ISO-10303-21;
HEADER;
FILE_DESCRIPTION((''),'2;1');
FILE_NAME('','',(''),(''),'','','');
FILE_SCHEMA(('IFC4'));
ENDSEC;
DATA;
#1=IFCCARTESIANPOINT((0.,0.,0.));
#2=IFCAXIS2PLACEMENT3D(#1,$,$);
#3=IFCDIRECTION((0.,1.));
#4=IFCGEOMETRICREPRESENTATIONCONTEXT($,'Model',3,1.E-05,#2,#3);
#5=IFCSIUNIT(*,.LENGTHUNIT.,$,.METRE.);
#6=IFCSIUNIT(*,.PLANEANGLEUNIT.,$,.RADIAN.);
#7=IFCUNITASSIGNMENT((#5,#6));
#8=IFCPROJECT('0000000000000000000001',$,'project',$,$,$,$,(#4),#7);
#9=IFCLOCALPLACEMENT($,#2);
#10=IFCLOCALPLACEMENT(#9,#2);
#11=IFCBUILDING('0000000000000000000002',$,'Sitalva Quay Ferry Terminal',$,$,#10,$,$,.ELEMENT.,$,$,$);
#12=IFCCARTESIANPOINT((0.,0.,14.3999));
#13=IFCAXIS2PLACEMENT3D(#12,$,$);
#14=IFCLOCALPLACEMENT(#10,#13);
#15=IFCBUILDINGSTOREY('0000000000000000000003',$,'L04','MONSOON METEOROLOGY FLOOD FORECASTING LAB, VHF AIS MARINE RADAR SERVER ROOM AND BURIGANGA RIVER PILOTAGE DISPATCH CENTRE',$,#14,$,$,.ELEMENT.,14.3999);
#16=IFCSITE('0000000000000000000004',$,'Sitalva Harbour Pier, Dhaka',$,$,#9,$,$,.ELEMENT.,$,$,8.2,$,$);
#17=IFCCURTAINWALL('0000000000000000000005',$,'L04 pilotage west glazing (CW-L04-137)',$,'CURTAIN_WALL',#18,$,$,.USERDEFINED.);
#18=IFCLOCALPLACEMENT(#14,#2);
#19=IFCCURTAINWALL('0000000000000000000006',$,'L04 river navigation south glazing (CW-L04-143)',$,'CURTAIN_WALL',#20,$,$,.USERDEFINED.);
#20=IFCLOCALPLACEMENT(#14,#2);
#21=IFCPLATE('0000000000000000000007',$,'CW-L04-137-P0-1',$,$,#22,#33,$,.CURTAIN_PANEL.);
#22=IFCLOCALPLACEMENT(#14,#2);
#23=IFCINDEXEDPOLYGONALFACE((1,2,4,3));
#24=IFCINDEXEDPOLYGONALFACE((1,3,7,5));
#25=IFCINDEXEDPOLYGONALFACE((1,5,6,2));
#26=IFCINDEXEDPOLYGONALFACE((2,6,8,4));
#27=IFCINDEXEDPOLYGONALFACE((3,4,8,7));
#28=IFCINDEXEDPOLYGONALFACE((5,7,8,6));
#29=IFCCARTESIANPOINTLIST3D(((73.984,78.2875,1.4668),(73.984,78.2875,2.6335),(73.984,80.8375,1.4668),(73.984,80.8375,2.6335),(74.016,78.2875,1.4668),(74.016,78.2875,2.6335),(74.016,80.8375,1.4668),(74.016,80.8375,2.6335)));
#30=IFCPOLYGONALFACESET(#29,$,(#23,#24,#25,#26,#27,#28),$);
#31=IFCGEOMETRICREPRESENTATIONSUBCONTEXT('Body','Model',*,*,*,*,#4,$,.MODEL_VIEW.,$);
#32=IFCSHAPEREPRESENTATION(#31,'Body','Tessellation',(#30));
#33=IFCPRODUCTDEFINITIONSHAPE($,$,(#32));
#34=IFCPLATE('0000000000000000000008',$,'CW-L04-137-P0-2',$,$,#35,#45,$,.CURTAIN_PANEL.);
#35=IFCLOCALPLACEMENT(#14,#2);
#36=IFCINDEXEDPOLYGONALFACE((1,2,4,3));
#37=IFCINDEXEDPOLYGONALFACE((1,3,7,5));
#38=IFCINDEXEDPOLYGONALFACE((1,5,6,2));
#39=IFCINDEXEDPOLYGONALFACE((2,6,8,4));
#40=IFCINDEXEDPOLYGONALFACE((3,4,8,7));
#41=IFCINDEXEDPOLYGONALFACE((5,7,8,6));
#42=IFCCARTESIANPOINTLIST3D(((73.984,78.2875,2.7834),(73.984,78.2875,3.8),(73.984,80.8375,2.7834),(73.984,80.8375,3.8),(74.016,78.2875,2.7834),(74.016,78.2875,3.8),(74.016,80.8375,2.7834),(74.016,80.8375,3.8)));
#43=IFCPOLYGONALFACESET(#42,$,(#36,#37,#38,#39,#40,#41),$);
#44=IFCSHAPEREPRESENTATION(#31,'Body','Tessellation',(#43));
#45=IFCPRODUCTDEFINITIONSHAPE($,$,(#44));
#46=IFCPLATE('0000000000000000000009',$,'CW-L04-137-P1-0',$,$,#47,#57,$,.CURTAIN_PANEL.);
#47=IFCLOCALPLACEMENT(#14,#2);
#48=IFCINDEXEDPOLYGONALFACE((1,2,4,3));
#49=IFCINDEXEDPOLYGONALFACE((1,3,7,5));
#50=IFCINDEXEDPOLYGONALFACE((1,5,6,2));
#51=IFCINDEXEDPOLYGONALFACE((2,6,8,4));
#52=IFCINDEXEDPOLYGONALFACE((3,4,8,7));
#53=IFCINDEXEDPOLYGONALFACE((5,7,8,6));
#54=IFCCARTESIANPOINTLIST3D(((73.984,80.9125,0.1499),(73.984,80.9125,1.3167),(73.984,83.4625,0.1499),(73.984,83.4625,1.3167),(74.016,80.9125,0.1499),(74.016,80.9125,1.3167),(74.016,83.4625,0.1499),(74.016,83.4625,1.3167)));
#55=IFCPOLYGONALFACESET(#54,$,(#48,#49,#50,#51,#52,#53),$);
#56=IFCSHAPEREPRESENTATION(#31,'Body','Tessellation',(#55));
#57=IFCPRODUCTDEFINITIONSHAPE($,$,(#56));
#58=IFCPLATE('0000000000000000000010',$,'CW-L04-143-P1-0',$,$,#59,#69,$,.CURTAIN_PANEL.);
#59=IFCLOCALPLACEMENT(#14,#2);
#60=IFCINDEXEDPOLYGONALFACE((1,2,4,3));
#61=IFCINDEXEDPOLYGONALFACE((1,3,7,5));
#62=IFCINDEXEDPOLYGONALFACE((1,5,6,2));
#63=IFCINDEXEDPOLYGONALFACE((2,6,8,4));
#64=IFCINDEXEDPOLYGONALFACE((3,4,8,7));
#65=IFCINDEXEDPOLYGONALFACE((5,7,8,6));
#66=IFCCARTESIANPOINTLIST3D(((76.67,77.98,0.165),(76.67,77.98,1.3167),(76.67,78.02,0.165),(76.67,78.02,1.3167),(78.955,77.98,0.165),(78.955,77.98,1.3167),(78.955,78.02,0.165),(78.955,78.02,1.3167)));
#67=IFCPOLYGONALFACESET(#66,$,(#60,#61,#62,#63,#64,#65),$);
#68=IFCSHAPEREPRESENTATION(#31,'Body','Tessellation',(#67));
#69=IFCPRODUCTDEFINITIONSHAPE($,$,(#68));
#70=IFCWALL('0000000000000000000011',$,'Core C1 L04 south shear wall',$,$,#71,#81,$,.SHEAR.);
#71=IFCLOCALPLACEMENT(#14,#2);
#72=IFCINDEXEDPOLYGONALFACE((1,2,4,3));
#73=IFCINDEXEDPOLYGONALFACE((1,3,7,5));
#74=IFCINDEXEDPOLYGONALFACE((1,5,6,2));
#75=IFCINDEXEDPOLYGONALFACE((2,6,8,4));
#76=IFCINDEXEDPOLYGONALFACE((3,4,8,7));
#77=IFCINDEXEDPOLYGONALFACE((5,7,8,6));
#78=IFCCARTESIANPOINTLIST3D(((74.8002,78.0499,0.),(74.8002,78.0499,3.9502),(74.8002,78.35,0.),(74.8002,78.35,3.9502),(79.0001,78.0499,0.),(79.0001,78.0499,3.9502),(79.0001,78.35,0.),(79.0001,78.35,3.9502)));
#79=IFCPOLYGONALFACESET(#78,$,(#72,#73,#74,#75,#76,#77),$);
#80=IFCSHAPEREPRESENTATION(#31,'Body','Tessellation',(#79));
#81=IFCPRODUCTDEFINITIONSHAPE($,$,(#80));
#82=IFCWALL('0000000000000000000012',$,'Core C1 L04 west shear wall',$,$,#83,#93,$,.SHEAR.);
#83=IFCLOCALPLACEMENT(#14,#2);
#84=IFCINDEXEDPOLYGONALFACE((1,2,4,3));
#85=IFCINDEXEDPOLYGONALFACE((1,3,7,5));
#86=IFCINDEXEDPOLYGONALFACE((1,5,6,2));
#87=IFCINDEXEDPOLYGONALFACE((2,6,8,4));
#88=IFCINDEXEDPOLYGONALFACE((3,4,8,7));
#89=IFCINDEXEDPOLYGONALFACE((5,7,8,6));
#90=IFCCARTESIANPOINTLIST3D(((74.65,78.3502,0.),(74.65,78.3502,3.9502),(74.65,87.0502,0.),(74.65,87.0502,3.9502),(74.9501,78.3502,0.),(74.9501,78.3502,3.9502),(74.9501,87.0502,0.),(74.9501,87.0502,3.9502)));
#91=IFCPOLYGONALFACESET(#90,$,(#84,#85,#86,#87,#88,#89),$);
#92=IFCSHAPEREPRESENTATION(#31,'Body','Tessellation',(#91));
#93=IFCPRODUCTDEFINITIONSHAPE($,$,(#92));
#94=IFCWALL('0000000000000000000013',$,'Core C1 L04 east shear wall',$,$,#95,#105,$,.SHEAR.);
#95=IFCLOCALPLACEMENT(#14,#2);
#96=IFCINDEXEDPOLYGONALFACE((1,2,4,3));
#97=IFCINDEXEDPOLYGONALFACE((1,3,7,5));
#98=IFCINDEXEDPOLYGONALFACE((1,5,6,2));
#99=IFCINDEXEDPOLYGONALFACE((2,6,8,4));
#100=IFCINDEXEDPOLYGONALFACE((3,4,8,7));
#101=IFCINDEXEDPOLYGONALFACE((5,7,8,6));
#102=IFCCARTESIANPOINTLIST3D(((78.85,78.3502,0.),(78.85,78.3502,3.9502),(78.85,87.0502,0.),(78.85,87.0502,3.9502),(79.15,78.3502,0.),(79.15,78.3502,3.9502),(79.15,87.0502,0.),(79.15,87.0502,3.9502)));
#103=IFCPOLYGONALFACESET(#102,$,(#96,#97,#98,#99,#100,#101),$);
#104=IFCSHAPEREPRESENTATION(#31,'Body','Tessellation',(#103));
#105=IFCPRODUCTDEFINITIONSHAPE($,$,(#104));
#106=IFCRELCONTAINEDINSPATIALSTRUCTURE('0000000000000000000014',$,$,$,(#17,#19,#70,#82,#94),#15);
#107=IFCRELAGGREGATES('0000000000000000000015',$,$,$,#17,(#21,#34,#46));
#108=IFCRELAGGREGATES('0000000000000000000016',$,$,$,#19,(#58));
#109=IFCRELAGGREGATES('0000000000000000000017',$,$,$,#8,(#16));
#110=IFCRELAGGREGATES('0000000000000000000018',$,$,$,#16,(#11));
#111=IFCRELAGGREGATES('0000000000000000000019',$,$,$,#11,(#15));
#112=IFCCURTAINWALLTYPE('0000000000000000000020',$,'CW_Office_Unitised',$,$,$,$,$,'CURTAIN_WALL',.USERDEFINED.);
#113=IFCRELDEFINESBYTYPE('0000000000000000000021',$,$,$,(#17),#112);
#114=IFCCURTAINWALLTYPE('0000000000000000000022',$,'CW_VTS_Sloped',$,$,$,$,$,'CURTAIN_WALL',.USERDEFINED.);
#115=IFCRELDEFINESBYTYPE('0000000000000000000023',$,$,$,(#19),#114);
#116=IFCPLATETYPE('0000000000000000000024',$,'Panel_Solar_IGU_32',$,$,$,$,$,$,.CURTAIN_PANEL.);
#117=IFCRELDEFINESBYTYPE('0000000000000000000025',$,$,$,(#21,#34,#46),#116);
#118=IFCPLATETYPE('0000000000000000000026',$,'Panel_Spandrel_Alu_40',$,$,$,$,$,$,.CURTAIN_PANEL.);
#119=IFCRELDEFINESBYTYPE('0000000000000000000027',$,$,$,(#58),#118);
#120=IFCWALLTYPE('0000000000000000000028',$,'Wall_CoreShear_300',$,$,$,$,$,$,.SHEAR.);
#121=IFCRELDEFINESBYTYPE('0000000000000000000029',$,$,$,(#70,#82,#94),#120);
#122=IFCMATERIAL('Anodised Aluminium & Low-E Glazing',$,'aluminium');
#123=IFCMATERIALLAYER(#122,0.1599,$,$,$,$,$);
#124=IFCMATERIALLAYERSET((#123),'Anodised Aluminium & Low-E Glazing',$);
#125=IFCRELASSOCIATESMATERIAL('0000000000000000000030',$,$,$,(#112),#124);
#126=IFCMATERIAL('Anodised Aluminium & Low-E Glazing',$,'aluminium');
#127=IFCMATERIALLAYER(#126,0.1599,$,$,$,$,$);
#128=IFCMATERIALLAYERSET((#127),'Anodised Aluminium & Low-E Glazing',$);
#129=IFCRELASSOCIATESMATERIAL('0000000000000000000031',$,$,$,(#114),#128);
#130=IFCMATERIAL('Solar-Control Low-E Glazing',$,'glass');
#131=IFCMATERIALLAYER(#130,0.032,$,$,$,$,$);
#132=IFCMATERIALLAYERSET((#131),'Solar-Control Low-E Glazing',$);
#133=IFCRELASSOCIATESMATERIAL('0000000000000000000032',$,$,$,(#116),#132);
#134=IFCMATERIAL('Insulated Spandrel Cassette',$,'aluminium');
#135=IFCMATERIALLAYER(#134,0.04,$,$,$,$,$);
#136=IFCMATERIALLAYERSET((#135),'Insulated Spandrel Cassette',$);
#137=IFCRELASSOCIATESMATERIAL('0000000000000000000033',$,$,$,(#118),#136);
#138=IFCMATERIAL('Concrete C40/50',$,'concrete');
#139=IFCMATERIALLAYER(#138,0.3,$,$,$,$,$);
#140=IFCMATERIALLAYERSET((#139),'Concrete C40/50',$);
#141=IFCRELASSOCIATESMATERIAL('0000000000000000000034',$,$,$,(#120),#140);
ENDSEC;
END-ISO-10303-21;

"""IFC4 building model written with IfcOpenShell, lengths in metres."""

from ifc_helpers import new_model, si_unit, direction, frame, frame_2d, origin, origin_2d, place, context, subcontext, project, spatial, rectangle, extrude, material, layer, layer_set, type_object, element, aggregate, save


model = new_model("IFC4")

# Units and contexts
model_context = context("Model", 3, precision=1e-05, world=origin(), true_north=direction((0.0, 1.0)))
body_context = subcontext(model_context, "Body", "Model", "MODEL_VIEW")
ifc_project = project(units=[si_unit("LENGTHUNIT", "METRE"), si_unit("PLANEANGLEUNIT", "RADIAN")], contexts=[model_context])

# Site, building, storey
site_placement = place(None, origin())
site = spatial("IfcSite", under=ifc_project, at=site_placement, Name="Sitalva Harbour Pier, Dhaka", CompositionType="ELEMENT", RefElevation=8.2)
building_placement = place(site_placement, origin())
building = spatial("IfcBuilding", under=site, at=building_placement, Name="Sitalva Quay Ferry Terminal", CompositionType="ELEMENT")
storey_placement = place(building_placement, frame((0.0, 0.0, 14.3999)))
storey = spatial("IfcBuildingStorey", under=building, at=storey_placement, Name="L04", Description="MONSOON METEOROLOGY FLOOD FORECASTING LAB, VHF AIS MARINE RADAR SERVER ROOM AND BURIGANGA RIVER PILOTAGE DISPATCH CENTRE", CompositionType="ELEMENT", Elevation=14.3999)

# Curtain wall
ifc_material_1 = material(Name="Anodised Aluminium & Low-E Glazing", Category="aluminium")
ifc_layer_1 = layer(ifc_material_1, 0.1599)
ifc_layer_set_1 = layer_set([ifc_layer_1], Name="Anodised Aluminium & Low-E Glazing")
curtain_wall_type_1 = type_object("IfcCurtainWallType", Name="CW_Office_Unitised", ElementType="CURTAIN_WALL", PredefinedType="USERDEFINED", material=ifc_layer_set_1)
curtain_wall_1_placement = place(storey_placement, origin())
curtain_wall_1 = element("IfcCurtainWall", 1, at=curtain_wall_1_placement, inside=storey, type_object=curtain_wall_type_1, Name="L04 pilotage west glazing (CW-L04-137)", ObjectType="CURTAIN_WALL", PredefinedType="USERDEFINED")

# Curtain wall
ifc_material_2 = material(Name="Anodised Aluminium & Low-E Glazing", Category="aluminium")
ifc_layer_2 = layer(ifc_material_2, 0.1599)
ifc_layer_set_2 = layer_set([ifc_layer_2], Name="Anodised Aluminium & Low-E Glazing")
curtain_wall_type_2 = type_object("IfcCurtainWallType", Name="CW_VTS_Sloped", ElementType="CURTAIN_WALL", PredefinedType="USERDEFINED", material=ifc_layer_set_2)
curtain_wall_2_placement = place(storey_placement, origin())
curtain_wall_2 = element("IfcCurtainWall", 2, at=curtain_wall_2_placement, inside=storey, type_object=curtain_wall_type_2, Name="L04 river navigation south glazing (CW-L04-143)", ObjectType="CURTAIN_WALL", PredefinedType="USERDEFINED")

# Plates
ifc_material_3 = material(Name="Solar-Control Low-E Glazing", Category="glass")
ifc_layer_3 = layer(ifc_material_3, 0.032)
ifc_layer_set_3 = layer_set([ifc_layer_3], Name="Solar-Control Low-E Glazing")
plate_type_1 = type_object("IfcPlateType", Name="Panel_Solar_IGU_32", PredefinedType="CURTAIN_PANEL", material=ifc_layer_set_3)
plate_1_placement = place(storey_placement, frame((74.0, 79.5625, 1.4668), z_axis=(0.0, 0.0, 1.0), x_axis=(0.0, 1.0, 0.0)))
plate_1 = element("IfcPlate", 3, at=plate_1_placement, type_object=plate_type_1, Name="CW-L04-137-P0-1", PredefinedType="CURTAIN_PANEL", context=body_context, shape_type="SweptSolid", body=[
    extrude(rectangle(XDim=2.55, YDim=0.032, at=origin_2d()), origin(), (0.0, 0.0, 1.0), 1.1667),
])
plate_2_placement = place(storey_placement, frame((74.0, 79.5625, 2.7834), z_axis=(0.0, 0.0, 1.0), x_axis=(0.0, 1.0, 0.0)))
plate_2 = element("IfcPlate", 4, at=plate_2_placement, type_object=plate_type_1, Name="CW-L04-137-P0-2", PredefinedType="CURTAIN_PANEL", context=body_context, shape_type="SweptSolid", body=[
    extrude(rectangle(XDim=2.55, YDim=0.032, at=origin_2d()), origin(), (0.0, 0.0, 1.0), 1.0166),
])
plate_3_placement = place(storey_placement, frame((74.0, 82.1875, 0.1499), z_axis=(0.0, 0.0, 1.0), x_axis=(0.0, 1.0, 0.0)))
plate_3 = element("IfcPlate", 5, at=plate_3_placement, type_object=plate_type_1, Name="CW-L04-137-P1-0", PredefinedType="CURTAIN_PANEL", context=body_context, shape_type="SweptSolid", body=[
    extrude(rectangle(XDim=2.55, YDim=0.032, at=origin_2d()), origin(), (0.0, 0.0, 1.0), 1.1667),
])
aggregate(curtain_wall_1, [plate_1, plate_2, plate_3])
ifc_material_4 = material(Name="Insulated Spandrel Cassette", Category="aluminium")
ifc_layer_4 = layer(ifc_material_4, 0.04)
ifc_layer_set_4 = layer_set([ifc_layer_4], Name="Insulated Spandrel Cassette")
plate_type_2 = type_object("IfcPlateType", Name="Panel_Spandrel_Alu_40", PredefinedType="CURTAIN_PANEL", material=ifc_layer_set_4)
plate_4_placement = place(storey_placement, frame((77.8125, 78.0, 0.165), z_axis=(0.0, 0.0, 1.0), x_axis=(1.0, 0.0, 0.0)))
plate_4 = element("IfcPlate", 6, at=plate_4_placement, type_object=plate_type_2, Name="CW-L04-143-P1-0", PredefinedType="CURTAIN_PANEL", context=body_context, shape_type="SweptSolid", body=[
    extrude(rectangle(XDim=2.2849, YDim=0.04, at=origin_2d()), origin(), (0.0, 0.0, 1.0), 1.1516),
])
aggregate(curtain_wall_2, [plate_4])

# Walls
ifc_material_5 = material(Name="Concrete C40/50", Category="concrete")
ifc_layer_5 = layer(ifc_material_5, 0.3)
ifc_layer_set_5 = layer_set([ifc_layer_5], Name="Concrete C40/50")
wall_type = type_object("IfcWallType", Name="Wall_CoreShear_300", PredefinedType="SHEAR", material=ifc_layer_set_5)
wall_placement = place(storey_placement, frame((74.8, 78.2, 0.0), z_axis=(0.0, 0.0, 1.0), x_axis=(1.0, 0.0, 0.0)))
element("IfcWall", 7, at=wall_placement, inside=storey, type_object=wall_type, Name="Core C1 L04 south shear wall", PredefinedType="SHEAR", context=body_context, shape_type="SweptSolid", body=[
    extrude(rectangle(XDim=4.2, YDim=0.3, at=frame_2d((2.1001, 0.0))), origin(), (0.0, 0.0, 1.0), 3.9502),
])
for number, where, z_axis, x_axis, name in (
    (8, (74.8, 78.3501, 0.0), (0.0, 0.0, 1.0), (0.0, 1.0, 0.0), "Core C1 L04 west shear wall"),
    (9, (79.0, 78.3501, 0.0), (0.0, 0.0, 1.0), (0.0, 1.0, 0.0), "Core C1 L04 east shear wall"),
):
    element("IfcWall", number, at=place(storey_placement, frame(where, z_axis=z_axis, x_axis=x_axis)), inside=storey, type_object=wall_type, Name=name, PredefinedType="SHEAR", context=body_context, shape_type="SweptSolid", body=[
        extrude(rectangle(XDim=8.7, YDim=0.3, at=frame_2d((4.3501, 0.0))), origin(), (0.0, 0.0, 1.0), 3.9502),
    ])

save(model, "model.ifc")
